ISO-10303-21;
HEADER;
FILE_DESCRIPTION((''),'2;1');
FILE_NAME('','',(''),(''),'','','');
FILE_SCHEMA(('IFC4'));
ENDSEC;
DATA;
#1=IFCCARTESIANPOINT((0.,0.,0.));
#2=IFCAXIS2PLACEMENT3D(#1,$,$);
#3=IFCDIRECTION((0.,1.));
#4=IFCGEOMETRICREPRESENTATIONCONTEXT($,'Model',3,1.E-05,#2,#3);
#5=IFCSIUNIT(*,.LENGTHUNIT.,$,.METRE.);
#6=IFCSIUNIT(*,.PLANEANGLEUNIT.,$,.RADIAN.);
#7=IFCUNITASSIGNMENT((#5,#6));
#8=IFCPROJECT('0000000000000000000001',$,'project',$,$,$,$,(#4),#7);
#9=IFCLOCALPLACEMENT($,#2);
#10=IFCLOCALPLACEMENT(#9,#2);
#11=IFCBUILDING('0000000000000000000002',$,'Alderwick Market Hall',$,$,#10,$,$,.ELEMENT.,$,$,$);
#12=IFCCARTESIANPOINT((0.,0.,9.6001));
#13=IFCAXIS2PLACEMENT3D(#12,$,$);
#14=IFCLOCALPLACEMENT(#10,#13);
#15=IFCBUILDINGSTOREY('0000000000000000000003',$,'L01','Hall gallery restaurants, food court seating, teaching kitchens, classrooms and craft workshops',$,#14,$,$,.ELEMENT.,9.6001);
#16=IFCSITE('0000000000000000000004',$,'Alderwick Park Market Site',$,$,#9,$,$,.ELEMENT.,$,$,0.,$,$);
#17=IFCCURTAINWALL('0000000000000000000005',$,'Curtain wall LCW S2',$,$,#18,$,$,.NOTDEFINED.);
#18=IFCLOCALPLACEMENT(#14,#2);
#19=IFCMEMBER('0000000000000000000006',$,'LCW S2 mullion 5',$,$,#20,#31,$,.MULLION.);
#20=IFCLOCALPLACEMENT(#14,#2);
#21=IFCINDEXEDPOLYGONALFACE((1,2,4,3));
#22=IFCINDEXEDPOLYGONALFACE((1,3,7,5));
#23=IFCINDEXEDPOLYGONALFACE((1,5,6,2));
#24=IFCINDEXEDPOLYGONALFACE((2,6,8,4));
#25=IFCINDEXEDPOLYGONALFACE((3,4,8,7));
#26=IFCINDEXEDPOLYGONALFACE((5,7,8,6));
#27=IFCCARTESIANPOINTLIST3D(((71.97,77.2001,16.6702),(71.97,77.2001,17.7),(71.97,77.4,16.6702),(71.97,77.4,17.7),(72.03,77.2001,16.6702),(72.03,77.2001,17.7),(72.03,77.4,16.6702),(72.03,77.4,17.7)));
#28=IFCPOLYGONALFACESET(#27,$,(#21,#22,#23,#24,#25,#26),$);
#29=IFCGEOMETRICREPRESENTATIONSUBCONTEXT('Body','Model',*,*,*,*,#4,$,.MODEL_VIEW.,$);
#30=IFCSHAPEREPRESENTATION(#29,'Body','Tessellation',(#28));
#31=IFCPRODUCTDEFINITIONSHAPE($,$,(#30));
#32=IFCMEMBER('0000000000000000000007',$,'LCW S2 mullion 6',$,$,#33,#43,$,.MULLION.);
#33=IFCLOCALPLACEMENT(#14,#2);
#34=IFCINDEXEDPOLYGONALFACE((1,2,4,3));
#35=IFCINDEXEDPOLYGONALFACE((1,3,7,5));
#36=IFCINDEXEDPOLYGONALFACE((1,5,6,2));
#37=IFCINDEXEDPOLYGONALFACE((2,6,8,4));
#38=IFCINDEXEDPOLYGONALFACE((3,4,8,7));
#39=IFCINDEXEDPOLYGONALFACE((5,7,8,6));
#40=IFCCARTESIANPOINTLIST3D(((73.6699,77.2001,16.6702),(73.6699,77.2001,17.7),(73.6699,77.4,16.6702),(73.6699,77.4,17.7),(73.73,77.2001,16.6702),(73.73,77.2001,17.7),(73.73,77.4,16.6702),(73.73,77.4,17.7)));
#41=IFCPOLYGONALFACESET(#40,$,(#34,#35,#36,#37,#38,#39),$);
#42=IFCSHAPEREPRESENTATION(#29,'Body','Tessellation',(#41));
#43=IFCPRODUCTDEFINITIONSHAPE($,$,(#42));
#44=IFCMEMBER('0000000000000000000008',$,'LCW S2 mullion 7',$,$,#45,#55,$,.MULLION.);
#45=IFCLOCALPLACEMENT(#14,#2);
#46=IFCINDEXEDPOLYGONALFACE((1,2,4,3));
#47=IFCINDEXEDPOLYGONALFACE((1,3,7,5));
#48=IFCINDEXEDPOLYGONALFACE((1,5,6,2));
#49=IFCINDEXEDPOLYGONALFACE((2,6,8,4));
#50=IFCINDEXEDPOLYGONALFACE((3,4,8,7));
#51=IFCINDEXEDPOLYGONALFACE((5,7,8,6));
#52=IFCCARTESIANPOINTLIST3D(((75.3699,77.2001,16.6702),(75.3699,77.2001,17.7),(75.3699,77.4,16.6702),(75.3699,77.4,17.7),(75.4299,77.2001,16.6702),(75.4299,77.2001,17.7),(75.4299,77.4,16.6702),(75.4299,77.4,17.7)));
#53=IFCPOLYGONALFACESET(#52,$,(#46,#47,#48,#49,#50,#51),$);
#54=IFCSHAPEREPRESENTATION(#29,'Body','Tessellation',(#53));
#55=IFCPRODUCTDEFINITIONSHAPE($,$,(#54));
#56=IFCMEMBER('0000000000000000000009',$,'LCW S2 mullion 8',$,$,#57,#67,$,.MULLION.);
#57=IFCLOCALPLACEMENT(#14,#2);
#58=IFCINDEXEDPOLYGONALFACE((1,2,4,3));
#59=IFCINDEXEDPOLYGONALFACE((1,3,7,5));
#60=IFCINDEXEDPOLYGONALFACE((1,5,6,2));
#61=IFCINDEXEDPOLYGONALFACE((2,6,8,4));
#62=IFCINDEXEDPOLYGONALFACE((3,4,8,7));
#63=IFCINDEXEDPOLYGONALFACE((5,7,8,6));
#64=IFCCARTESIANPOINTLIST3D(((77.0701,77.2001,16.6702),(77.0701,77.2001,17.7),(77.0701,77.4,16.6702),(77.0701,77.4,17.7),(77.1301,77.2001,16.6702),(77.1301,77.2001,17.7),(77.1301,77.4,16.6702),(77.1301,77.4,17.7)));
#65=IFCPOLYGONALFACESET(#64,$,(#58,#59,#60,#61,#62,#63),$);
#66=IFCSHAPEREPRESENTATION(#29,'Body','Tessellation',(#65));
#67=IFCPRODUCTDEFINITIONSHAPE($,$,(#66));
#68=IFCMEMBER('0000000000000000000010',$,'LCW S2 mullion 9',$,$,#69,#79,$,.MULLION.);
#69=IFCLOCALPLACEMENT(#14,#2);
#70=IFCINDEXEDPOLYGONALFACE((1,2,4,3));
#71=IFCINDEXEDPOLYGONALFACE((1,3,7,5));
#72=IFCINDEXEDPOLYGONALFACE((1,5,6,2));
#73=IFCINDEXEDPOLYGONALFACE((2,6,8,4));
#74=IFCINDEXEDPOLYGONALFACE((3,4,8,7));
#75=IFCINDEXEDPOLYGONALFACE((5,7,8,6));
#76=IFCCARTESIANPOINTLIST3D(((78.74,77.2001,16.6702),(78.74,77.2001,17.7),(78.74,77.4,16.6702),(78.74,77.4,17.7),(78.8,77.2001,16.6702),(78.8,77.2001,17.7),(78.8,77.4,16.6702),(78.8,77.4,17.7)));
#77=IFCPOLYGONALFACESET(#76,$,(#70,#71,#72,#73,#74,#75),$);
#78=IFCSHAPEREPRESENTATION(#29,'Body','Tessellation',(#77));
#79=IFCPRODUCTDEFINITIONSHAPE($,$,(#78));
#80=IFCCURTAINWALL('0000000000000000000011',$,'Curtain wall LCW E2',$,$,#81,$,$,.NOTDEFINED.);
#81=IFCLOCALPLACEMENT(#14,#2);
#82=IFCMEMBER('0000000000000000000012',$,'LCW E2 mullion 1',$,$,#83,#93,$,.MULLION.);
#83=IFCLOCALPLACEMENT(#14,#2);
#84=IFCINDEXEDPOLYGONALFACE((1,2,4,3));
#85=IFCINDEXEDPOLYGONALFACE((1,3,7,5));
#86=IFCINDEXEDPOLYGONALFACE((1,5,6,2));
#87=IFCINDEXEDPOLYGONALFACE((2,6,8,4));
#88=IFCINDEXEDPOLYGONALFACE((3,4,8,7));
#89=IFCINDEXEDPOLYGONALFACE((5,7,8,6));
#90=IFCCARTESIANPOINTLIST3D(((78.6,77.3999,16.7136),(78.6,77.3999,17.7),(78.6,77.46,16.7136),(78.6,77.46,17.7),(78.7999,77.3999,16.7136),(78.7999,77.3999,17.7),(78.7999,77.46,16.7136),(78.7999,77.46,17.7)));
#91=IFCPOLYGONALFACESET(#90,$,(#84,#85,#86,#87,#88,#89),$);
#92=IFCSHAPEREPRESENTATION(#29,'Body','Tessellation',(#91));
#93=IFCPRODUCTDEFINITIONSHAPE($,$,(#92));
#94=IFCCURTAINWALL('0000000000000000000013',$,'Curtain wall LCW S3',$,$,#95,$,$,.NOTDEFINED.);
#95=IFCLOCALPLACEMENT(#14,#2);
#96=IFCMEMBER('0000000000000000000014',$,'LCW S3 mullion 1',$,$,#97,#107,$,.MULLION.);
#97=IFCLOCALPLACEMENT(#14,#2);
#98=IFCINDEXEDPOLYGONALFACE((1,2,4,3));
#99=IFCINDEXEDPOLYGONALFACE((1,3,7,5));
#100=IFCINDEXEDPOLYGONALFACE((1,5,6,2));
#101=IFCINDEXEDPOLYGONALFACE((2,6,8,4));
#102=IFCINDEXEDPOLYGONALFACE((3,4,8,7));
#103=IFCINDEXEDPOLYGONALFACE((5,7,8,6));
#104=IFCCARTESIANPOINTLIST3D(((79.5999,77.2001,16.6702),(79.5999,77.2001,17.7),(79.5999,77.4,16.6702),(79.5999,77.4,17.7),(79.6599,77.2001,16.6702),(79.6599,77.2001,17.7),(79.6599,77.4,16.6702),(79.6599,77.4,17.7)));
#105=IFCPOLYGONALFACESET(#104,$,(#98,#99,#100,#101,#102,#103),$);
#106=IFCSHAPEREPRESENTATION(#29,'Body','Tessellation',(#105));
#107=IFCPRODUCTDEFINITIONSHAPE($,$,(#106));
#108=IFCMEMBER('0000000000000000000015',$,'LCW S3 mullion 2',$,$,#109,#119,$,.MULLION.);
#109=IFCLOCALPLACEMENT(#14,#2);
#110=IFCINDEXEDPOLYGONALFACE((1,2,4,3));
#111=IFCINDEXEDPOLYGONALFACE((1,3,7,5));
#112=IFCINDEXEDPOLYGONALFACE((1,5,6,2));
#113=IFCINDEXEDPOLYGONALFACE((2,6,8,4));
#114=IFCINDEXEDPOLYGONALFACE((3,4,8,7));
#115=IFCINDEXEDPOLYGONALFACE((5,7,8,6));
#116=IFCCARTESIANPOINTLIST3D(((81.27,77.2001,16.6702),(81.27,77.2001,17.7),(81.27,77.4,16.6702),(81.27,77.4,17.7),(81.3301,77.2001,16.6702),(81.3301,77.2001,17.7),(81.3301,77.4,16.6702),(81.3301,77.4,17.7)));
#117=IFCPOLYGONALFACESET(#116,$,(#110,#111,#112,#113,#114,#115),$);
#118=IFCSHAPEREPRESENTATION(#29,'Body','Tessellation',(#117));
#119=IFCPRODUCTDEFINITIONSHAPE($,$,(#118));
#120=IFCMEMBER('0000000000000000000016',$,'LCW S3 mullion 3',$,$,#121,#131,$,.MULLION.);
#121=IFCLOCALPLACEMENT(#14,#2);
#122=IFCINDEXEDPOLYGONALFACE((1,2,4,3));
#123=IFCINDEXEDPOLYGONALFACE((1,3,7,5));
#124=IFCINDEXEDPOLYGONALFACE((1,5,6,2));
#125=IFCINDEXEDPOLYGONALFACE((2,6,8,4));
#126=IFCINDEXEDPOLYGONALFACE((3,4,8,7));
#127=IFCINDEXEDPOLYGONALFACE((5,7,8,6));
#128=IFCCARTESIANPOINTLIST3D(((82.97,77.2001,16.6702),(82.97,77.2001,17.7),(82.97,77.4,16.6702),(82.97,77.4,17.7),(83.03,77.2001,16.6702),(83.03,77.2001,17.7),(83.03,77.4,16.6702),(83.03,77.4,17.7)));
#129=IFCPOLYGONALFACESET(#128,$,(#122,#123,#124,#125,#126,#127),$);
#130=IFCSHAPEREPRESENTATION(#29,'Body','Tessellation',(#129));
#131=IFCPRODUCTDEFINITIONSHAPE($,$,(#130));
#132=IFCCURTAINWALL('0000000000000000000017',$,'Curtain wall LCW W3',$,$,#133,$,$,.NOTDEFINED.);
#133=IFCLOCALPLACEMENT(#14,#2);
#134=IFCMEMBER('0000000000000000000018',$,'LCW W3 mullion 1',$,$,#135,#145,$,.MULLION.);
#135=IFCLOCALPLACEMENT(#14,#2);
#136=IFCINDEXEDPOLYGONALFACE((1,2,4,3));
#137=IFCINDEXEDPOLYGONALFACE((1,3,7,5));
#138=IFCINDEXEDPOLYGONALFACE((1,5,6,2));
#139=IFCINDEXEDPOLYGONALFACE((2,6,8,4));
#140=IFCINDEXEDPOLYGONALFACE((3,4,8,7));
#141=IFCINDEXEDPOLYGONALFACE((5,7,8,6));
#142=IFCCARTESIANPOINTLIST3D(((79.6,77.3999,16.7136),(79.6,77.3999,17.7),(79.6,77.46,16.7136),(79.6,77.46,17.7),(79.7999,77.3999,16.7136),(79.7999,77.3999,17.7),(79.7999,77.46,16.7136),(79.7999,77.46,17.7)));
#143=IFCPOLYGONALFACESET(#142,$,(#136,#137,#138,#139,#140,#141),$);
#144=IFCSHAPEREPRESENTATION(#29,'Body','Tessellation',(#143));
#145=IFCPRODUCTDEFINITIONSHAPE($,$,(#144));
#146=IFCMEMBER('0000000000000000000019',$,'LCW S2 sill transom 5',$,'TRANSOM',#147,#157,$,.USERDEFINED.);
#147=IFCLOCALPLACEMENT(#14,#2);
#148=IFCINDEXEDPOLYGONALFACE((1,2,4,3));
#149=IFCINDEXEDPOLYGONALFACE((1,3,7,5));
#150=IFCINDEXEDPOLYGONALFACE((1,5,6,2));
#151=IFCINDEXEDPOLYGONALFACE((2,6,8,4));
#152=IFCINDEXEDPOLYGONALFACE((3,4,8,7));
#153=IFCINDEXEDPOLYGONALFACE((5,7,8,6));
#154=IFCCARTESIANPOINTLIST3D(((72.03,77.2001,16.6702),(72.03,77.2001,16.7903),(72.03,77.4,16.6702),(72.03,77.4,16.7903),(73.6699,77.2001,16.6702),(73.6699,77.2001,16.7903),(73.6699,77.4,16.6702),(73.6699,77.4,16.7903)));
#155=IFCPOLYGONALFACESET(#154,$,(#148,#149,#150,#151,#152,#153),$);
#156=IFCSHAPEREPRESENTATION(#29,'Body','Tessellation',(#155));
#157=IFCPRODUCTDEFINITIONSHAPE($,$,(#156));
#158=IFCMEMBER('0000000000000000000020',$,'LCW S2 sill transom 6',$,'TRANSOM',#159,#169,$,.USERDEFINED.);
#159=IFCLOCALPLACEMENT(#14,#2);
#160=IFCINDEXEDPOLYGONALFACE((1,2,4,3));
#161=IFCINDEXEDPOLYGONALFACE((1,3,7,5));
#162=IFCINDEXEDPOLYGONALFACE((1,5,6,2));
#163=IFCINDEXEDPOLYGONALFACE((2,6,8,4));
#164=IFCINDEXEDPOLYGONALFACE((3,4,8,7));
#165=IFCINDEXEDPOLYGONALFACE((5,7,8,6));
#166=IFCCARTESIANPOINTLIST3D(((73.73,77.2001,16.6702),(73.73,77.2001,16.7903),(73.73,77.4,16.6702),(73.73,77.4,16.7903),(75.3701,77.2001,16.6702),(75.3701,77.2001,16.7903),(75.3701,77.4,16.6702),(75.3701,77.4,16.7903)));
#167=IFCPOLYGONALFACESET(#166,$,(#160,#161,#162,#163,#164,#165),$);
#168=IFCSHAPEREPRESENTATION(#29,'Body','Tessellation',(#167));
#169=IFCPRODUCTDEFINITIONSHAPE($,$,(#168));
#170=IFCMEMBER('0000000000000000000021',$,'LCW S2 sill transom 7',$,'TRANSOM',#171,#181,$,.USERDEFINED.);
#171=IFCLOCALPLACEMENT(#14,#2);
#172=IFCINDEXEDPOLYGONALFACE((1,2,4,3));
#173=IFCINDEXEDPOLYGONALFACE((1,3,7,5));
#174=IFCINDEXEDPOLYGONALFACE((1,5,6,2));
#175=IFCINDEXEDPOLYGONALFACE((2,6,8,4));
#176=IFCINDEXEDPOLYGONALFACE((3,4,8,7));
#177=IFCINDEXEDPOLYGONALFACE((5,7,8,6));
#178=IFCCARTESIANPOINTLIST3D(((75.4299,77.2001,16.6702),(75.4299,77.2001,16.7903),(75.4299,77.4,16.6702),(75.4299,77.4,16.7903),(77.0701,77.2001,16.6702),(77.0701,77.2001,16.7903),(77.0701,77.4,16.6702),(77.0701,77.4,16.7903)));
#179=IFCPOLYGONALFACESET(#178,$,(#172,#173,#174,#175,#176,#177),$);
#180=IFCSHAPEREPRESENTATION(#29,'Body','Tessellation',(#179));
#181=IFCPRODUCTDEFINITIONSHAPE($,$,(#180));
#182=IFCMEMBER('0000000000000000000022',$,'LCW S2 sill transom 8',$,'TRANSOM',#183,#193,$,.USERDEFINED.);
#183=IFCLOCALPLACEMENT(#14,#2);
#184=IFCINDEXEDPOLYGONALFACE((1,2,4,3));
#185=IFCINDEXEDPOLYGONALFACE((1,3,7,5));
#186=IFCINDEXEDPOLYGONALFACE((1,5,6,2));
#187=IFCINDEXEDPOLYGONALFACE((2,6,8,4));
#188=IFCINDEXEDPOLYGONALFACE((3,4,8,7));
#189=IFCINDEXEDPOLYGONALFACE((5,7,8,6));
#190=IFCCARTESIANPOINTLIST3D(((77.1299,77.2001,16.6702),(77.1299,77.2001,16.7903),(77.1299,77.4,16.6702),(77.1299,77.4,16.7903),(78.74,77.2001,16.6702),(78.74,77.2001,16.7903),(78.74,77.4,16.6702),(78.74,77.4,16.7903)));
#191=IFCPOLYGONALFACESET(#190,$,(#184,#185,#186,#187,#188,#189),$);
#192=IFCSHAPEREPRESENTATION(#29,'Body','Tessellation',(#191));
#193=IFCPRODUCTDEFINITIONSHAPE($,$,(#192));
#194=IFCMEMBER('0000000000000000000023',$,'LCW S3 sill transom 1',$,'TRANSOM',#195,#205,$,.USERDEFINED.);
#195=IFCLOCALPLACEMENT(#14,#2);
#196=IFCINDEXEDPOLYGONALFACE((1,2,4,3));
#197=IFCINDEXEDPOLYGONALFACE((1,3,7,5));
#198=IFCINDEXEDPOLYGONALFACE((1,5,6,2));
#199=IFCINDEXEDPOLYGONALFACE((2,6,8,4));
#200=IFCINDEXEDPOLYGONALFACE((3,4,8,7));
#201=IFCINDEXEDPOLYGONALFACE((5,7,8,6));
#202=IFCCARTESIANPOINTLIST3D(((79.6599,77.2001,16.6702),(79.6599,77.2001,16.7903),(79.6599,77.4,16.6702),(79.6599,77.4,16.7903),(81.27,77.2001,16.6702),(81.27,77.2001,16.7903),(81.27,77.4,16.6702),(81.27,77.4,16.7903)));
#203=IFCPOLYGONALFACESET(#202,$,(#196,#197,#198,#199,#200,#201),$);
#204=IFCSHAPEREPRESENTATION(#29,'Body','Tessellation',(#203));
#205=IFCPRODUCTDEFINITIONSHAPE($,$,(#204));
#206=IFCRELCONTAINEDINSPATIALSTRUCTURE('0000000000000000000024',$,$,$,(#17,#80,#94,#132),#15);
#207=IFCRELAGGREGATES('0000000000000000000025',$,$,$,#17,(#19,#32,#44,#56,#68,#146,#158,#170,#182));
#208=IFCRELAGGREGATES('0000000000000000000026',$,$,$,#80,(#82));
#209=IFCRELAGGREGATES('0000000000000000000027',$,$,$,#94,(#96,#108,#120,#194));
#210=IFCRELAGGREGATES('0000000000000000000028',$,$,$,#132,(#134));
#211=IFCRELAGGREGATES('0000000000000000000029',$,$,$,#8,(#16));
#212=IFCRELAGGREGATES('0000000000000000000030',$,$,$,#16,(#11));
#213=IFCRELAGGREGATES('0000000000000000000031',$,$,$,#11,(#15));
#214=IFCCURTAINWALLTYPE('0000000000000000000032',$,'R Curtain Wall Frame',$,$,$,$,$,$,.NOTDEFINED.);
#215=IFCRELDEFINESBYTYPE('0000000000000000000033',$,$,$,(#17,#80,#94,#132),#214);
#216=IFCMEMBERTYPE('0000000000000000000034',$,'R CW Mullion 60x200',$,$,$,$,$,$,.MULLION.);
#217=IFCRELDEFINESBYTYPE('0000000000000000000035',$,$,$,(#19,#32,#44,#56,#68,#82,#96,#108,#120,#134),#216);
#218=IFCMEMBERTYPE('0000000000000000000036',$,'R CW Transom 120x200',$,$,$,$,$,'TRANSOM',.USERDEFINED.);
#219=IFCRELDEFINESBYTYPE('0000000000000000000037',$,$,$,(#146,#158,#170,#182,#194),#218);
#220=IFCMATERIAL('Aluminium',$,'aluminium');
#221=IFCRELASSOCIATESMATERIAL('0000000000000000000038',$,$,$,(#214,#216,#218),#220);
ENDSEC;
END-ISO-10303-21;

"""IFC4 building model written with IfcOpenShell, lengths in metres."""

from ifc_helpers import new_model, si_unit, direction, frame, origin, origin_2d, place, context, subcontext, project, spatial, rectangle, extrude, material, material_profile, profile_set, type_object, element, aggregate, save


model = new_model("IFC4")

# Units and contexts
model_context = context("Model", 3, precision=1e-05, world=origin(), true_north=direction((0.0, 1.0)))
body_context = subcontext(model_context, "Body", "Model", "MODEL_VIEW")
ifc_project = project(units=[si_unit("LENGTHUNIT", "METRE"), si_unit("PLANEANGLEUNIT", "RADIAN")], contexts=[model_context])

# Site, building, storey
site_placement = place(None, origin())
site = spatial("IfcSite", under=ifc_project, at=site_placement, Name="Alderwick Park Market Site", CompositionType="ELEMENT", RefElevation=0.0)
building_placement = place(site_placement, origin())
building = spatial("IfcBuilding", under=site, at=building_placement, Name="Alderwick Market Hall", CompositionType="ELEMENT")
storey_placement = place(building_placement, frame((0.0, 0.0, 9.6001)))
storey = spatial("IfcBuildingStorey", under=building, at=storey_placement, Name="L01", Description="Hall gallery restaurants, food court seating, teaching kitchens, classrooms and craft workshops", CompositionType="ELEMENT", Elevation=9.6001)

# Curtain wall, members
ifc_material_1 = material(Name="Aluminium", Category="aluminium")
curtain_wall_type = type_object("IfcCurtainWallType", Name="R Curtain Wall Frame", PredefinedType="NOTDEFINED", material=ifc_material_1)
curtain_wall_1_placement = place(storey_placement, origin())
curtain_wall_1 = element("IfcCurtainWall", 1, at=curtain_wall_1_placement, inside=storey, type_object=curtain_wall_type, Name="Curtain wall LCW S2", PredefinedType="NOTDEFINED")
ifc_material_profile_1 = material_profile(ifc_material_1, rectangle(XDim=0.2, YDim=0.0601, at=origin_2d()), Name="AL 60x200")
ifc_profile_set_1 = profile_set([ifc_material_profile_1], Name="Aluminium")
member_type_1 = type_object("IfcMemberType", Name="R CW Mullion 60x200", PredefinedType="MULLION", material=ifc_profile_set_1)
member_1_placement = place(storey_placement, frame((72.0, 77.3, 16.6702), z_axis=(0.0, 0.0, 1.0), x_axis=(0.0, 1.0, 0.0)))
member_1 = element("IfcMember", 2, at=member_1_placement, type_object=member_type_1, Name="LCW S2 mullion 5", PredefinedType="MULLION", context=body_context, shape_type="SweptSolid", body=[
    extrude(rectangle(XDim=0.2, YDim=0.0601, at=origin_2d()), origin(), (0.0, 0.0, 1.0), 1.0298),
])
member_2_placement = place(storey_placement, frame((73.7, 77.3, 16.6702), z_axis=(0.0, 0.0, 1.0), x_axis=(0.0, 1.0, 0.0)))
member_2 = element("IfcMember", 3, at=member_2_placement, type_object=member_type_1, Name="LCW S2 mullion 6", PredefinedType="MULLION", context=body_context, shape_type="SweptSolid", body=[
    extrude(rectangle(XDim=0.2, YDim=0.0601, at=origin_2d()), origin(), (0.0, 0.0, 1.0), 1.0298),
])
member_3_placement = place(storey_placement, frame((75.3999, 77.3, 16.6702), z_axis=(0.0, 0.0, 1.0), x_axis=(0.0, 1.0, 0.0)))
member_3 = element("IfcMember", 4, at=member_3_placement, type_object=member_type_1, Name="LCW S2 mullion 7", PredefinedType="MULLION", context=body_context, shape_type="SweptSolid", body=[
    extrude(rectangle(XDim=0.2, YDim=0.0601, at=origin_2d()), origin(), (0.0, 0.0, 1.0), 1.0298),
])
member_4_placement = place(storey_placement, frame((77.1001, 77.3, 16.6702), z_axis=(0.0, 0.0, 1.0), x_axis=(0.0, 1.0, 0.0)))
member_4 = element("IfcMember", 5, at=member_4_placement, type_object=member_type_1, Name="LCW S2 mullion 8", PredefinedType="MULLION", context=body_context, shape_type="SweptSolid", body=[
    extrude(rectangle(XDim=0.2, YDim=0.0601, at=origin_2d()), origin(), (0.0, 0.0, 1.0), 1.0298),
])
member_5_placement = place(storey_placement, frame((78.77, 77.3, 16.6702), z_axis=(0.0, 0.0, 1.0), x_axis=(0.0, 1.0, 0.0)))
member_5 = element("IfcMember", 6, at=member_5_placement, type_object=member_type_1, Name="LCW S2 mullion 9", PredefinedType="MULLION", context=body_context, shape_type="SweptSolid", body=[
    extrude(rectangle(XDim=0.2, YDim=0.0601, at=origin_2d()), origin(), (0.0, 0.0, 1.0), 1.0298),
])

# Curtain wall, member
curtain_wall_2_placement = place(storey_placement, origin())
curtain_wall_2 = element("IfcCurtainWall", 7, at=curtain_wall_2_placement, inside=storey, type_object=curtain_wall_type, Name="Curtain wall LCW E2", PredefinedType="NOTDEFINED")
member_6_placement = place(storey_placement, frame((78.7, 77.4299, 16.7136), z_axis=(0.0, 0.0, 1.0), x_axis=(1.0, 0.0, 0.0)))
member_6 = element("IfcMember", 8, at=member_6_placement, type_object=member_type_1, Name="LCW E2 mullion 1", PredefinedType="MULLION", context=body_context, shape_type="SweptSolid", body=[
    extrude(rectangle(XDim=0.2, YDim=0.0601, at=origin_2d()), origin(), (0.0, 0.0, 1.0), 0.9863),
])

# Curtain wall, members
curtain_wall_3_placement = place(storey_placement, origin())
curtain_wall_3 = element("IfcCurtainWall", 9, at=curtain_wall_3_placement, inside=storey, type_object=curtain_wall_type, Name="Curtain wall LCW S3", PredefinedType="NOTDEFINED")
member_7_placement = place(storey_placement, frame((79.6299, 77.3, 16.6702), z_axis=(0.0, 0.0, 1.0), x_axis=(0.0, 1.0, 0.0)))
member_7 = element("IfcMember", 10, at=member_7_placement, type_object=member_type_1, Name="LCW S3 mullion 1", PredefinedType="MULLION", context=body_context, shape_type="SweptSolid", body=[
    extrude(rectangle(XDim=0.2, YDim=0.0601, at=origin_2d()), origin(), (0.0, 0.0, 1.0), 1.0298),
])
member_8_placement = place(storey_placement, frame((81.3, 77.3, 16.6702), z_axis=(0.0, 0.0, 1.0), x_axis=(0.0, 1.0, 0.0)))
member_8 = element("IfcMember", 11, at=member_8_placement, type_object=member_type_1, Name="LCW S3 mullion 2", PredefinedType="MULLION", context=body_context, shape_type="SweptSolid", body=[
    extrude(rectangle(XDim=0.2, YDim=0.0601, at=origin_2d()), origin(), (0.0, 0.0, 1.0), 1.0298),
])
member_9_placement = place(storey_placement, frame((83.0, 77.3, 16.6702), z_axis=(0.0, 0.0, 1.0), x_axis=(0.0, 1.0, 0.0)))
member_9 = element("IfcMember", 12, at=member_9_placement, type_object=member_type_1, Name="LCW S3 mullion 3", PredefinedType="MULLION", context=body_context, shape_type="SweptSolid", body=[
    extrude(rectangle(XDim=0.2, YDim=0.0601, at=origin_2d()), origin(), (0.0, 0.0, 1.0), 1.0298),
])

# Curtain wall, member
curtain_wall_4_placement = place(storey_placement, origin())
curtain_wall_4 = element("IfcCurtainWall", 13, at=curtain_wall_4_placement, inside=storey, type_object=curtain_wall_type, Name="Curtain wall LCW W3", PredefinedType="NOTDEFINED")
member_10_placement = place(storey_placement, frame((79.7, 77.4299, 16.7136), z_axis=(0.0, 0.0, 1.0), x_axis=(1.0, 0.0, 0.0)))
member_10 = element("IfcMember", 14, at=member_10_placement, type_object=member_type_1, Name="LCW W3 mullion 1", PredefinedType="MULLION", context=body_context, shape_type="SweptSolid", body=[
    extrude(rectangle(XDim=0.2, YDim=0.0601, at=origin_2d()), origin(), (0.0, 0.0, 1.0), 0.9863),
])

# Members
ifc_material_profile_2 = material_profile(ifc_material_1, rectangle(XDim=0.2, YDim=0.1201, at=origin_2d()), Name="AL 120x200")
ifc_profile_set_2 = profile_set([ifc_material_profile_2], Name="Aluminium")
member_type_2 = type_object("IfcMemberType", Name="R CW Transom 120x200", ElementType="TRANSOM", PredefinedType="USERDEFINED", material=ifc_profile_set_2)
member_11_placement = place(storey_placement, frame((72.03, 77.3, 16.7302), z_axis=(1.0, 0.0, 0.0), x_axis=(0.0, 1.0, 0.0)))
member_11 = element("IfcMember", 15, at=member_11_placement, type_object=member_type_2, Name="LCW S2 sill transom 5", ObjectType="TRANSOM", PredefinedType="USERDEFINED", context=body_context, shape_type="SweptSolid", body=[
    extrude(rectangle(XDim=0.2, YDim=0.1201, at=origin_2d()), origin(), (0.0, 0.0, 1.0), 1.6399),
])
member_12_placement = place(storey_placement, frame((73.73, 77.3, 16.7302), z_axis=(1.0, 0.0, 0.0), x_axis=(0.0, 1.0, 0.0)))
member_12 = element("IfcMember", 16, at=member_12_placement, type_object=member_type_2, Name="LCW S2 sill transom 6", ObjectType="TRANSOM", PredefinedType="USERDEFINED", context=body_context, shape_type="SweptSolid", body=[
    extrude(rectangle(XDim=0.2, YDim=0.1201, at=origin_2d()), origin(), (0.0, 0.0, 1.0), 1.6401),
])
member_13_placement = place(storey_placement, frame((75.4299, 77.3, 16.7302), z_axis=(1.0, 0.0, 0.0), x_axis=(0.0, 1.0, 0.0)))
member_13 = element("IfcMember", 17, at=member_13_placement, type_object=member_type_2, Name="LCW S2 sill transom 7", ObjectType="TRANSOM", PredefinedType="USERDEFINED", context=body_context, shape_type="SweptSolid", body=[
    extrude(rectangle(XDim=0.2, YDim=0.1201, at=origin_2d()), origin(), (0.0, 0.0, 1.0), 1.6401),
])
member_14_placement = place(storey_placement, frame((77.1299, 77.3, 16.7302), z_axis=(1.0, 0.0, 0.0), x_axis=(0.0, 1.0, 0.0)))
member_14 = element("IfcMember", 18, at=member_14_placement, type_object=member_type_2, Name="LCW S2 sill transom 8", ObjectType="TRANSOM", PredefinedType="USERDEFINED", context=body_context, shape_type="SweptSolid", body=[
    extrude(rectangle(XDim=0.2, YDim=0.1201, at=origin_2d()), origin(), (0.0, 0.0, 1.0), 1.6101),
])
aggregate(curtain_wall_1, [member_1, member_2, member_3, member_4, member_5, member_11, member_12, member_13, member_14])
member_15_placement = place(storey_placement, frame((79.6599, 77.3, 16.7302), z_axis=(1.0, 0.0, 0.0), x_axis=(0.0, 1.0, 0.0)))
member_15 = element("IfcMember", 19, at=member_15_placement, type_object=member_type_2, Name="LCW S3 sill transom 1", ObjectType="TRANSOM", PredefinedType="USERDEFINED", context=body_context, shape_type="SweptSolid", body=[
    extrude(rectangle(XDim=0.2, YDim=0.1201, at=origin_2d()), origin(), (0.0, 0.0, 1.0), 1.6101),
])
aggregate(curtain_wall_2, [member_6])
aggregate(curtain_wall_3, [member_7, member_8, member_9, member_15])
aggregate(curtain_wall_4, [member_10])

save(model, "model.ifc")
